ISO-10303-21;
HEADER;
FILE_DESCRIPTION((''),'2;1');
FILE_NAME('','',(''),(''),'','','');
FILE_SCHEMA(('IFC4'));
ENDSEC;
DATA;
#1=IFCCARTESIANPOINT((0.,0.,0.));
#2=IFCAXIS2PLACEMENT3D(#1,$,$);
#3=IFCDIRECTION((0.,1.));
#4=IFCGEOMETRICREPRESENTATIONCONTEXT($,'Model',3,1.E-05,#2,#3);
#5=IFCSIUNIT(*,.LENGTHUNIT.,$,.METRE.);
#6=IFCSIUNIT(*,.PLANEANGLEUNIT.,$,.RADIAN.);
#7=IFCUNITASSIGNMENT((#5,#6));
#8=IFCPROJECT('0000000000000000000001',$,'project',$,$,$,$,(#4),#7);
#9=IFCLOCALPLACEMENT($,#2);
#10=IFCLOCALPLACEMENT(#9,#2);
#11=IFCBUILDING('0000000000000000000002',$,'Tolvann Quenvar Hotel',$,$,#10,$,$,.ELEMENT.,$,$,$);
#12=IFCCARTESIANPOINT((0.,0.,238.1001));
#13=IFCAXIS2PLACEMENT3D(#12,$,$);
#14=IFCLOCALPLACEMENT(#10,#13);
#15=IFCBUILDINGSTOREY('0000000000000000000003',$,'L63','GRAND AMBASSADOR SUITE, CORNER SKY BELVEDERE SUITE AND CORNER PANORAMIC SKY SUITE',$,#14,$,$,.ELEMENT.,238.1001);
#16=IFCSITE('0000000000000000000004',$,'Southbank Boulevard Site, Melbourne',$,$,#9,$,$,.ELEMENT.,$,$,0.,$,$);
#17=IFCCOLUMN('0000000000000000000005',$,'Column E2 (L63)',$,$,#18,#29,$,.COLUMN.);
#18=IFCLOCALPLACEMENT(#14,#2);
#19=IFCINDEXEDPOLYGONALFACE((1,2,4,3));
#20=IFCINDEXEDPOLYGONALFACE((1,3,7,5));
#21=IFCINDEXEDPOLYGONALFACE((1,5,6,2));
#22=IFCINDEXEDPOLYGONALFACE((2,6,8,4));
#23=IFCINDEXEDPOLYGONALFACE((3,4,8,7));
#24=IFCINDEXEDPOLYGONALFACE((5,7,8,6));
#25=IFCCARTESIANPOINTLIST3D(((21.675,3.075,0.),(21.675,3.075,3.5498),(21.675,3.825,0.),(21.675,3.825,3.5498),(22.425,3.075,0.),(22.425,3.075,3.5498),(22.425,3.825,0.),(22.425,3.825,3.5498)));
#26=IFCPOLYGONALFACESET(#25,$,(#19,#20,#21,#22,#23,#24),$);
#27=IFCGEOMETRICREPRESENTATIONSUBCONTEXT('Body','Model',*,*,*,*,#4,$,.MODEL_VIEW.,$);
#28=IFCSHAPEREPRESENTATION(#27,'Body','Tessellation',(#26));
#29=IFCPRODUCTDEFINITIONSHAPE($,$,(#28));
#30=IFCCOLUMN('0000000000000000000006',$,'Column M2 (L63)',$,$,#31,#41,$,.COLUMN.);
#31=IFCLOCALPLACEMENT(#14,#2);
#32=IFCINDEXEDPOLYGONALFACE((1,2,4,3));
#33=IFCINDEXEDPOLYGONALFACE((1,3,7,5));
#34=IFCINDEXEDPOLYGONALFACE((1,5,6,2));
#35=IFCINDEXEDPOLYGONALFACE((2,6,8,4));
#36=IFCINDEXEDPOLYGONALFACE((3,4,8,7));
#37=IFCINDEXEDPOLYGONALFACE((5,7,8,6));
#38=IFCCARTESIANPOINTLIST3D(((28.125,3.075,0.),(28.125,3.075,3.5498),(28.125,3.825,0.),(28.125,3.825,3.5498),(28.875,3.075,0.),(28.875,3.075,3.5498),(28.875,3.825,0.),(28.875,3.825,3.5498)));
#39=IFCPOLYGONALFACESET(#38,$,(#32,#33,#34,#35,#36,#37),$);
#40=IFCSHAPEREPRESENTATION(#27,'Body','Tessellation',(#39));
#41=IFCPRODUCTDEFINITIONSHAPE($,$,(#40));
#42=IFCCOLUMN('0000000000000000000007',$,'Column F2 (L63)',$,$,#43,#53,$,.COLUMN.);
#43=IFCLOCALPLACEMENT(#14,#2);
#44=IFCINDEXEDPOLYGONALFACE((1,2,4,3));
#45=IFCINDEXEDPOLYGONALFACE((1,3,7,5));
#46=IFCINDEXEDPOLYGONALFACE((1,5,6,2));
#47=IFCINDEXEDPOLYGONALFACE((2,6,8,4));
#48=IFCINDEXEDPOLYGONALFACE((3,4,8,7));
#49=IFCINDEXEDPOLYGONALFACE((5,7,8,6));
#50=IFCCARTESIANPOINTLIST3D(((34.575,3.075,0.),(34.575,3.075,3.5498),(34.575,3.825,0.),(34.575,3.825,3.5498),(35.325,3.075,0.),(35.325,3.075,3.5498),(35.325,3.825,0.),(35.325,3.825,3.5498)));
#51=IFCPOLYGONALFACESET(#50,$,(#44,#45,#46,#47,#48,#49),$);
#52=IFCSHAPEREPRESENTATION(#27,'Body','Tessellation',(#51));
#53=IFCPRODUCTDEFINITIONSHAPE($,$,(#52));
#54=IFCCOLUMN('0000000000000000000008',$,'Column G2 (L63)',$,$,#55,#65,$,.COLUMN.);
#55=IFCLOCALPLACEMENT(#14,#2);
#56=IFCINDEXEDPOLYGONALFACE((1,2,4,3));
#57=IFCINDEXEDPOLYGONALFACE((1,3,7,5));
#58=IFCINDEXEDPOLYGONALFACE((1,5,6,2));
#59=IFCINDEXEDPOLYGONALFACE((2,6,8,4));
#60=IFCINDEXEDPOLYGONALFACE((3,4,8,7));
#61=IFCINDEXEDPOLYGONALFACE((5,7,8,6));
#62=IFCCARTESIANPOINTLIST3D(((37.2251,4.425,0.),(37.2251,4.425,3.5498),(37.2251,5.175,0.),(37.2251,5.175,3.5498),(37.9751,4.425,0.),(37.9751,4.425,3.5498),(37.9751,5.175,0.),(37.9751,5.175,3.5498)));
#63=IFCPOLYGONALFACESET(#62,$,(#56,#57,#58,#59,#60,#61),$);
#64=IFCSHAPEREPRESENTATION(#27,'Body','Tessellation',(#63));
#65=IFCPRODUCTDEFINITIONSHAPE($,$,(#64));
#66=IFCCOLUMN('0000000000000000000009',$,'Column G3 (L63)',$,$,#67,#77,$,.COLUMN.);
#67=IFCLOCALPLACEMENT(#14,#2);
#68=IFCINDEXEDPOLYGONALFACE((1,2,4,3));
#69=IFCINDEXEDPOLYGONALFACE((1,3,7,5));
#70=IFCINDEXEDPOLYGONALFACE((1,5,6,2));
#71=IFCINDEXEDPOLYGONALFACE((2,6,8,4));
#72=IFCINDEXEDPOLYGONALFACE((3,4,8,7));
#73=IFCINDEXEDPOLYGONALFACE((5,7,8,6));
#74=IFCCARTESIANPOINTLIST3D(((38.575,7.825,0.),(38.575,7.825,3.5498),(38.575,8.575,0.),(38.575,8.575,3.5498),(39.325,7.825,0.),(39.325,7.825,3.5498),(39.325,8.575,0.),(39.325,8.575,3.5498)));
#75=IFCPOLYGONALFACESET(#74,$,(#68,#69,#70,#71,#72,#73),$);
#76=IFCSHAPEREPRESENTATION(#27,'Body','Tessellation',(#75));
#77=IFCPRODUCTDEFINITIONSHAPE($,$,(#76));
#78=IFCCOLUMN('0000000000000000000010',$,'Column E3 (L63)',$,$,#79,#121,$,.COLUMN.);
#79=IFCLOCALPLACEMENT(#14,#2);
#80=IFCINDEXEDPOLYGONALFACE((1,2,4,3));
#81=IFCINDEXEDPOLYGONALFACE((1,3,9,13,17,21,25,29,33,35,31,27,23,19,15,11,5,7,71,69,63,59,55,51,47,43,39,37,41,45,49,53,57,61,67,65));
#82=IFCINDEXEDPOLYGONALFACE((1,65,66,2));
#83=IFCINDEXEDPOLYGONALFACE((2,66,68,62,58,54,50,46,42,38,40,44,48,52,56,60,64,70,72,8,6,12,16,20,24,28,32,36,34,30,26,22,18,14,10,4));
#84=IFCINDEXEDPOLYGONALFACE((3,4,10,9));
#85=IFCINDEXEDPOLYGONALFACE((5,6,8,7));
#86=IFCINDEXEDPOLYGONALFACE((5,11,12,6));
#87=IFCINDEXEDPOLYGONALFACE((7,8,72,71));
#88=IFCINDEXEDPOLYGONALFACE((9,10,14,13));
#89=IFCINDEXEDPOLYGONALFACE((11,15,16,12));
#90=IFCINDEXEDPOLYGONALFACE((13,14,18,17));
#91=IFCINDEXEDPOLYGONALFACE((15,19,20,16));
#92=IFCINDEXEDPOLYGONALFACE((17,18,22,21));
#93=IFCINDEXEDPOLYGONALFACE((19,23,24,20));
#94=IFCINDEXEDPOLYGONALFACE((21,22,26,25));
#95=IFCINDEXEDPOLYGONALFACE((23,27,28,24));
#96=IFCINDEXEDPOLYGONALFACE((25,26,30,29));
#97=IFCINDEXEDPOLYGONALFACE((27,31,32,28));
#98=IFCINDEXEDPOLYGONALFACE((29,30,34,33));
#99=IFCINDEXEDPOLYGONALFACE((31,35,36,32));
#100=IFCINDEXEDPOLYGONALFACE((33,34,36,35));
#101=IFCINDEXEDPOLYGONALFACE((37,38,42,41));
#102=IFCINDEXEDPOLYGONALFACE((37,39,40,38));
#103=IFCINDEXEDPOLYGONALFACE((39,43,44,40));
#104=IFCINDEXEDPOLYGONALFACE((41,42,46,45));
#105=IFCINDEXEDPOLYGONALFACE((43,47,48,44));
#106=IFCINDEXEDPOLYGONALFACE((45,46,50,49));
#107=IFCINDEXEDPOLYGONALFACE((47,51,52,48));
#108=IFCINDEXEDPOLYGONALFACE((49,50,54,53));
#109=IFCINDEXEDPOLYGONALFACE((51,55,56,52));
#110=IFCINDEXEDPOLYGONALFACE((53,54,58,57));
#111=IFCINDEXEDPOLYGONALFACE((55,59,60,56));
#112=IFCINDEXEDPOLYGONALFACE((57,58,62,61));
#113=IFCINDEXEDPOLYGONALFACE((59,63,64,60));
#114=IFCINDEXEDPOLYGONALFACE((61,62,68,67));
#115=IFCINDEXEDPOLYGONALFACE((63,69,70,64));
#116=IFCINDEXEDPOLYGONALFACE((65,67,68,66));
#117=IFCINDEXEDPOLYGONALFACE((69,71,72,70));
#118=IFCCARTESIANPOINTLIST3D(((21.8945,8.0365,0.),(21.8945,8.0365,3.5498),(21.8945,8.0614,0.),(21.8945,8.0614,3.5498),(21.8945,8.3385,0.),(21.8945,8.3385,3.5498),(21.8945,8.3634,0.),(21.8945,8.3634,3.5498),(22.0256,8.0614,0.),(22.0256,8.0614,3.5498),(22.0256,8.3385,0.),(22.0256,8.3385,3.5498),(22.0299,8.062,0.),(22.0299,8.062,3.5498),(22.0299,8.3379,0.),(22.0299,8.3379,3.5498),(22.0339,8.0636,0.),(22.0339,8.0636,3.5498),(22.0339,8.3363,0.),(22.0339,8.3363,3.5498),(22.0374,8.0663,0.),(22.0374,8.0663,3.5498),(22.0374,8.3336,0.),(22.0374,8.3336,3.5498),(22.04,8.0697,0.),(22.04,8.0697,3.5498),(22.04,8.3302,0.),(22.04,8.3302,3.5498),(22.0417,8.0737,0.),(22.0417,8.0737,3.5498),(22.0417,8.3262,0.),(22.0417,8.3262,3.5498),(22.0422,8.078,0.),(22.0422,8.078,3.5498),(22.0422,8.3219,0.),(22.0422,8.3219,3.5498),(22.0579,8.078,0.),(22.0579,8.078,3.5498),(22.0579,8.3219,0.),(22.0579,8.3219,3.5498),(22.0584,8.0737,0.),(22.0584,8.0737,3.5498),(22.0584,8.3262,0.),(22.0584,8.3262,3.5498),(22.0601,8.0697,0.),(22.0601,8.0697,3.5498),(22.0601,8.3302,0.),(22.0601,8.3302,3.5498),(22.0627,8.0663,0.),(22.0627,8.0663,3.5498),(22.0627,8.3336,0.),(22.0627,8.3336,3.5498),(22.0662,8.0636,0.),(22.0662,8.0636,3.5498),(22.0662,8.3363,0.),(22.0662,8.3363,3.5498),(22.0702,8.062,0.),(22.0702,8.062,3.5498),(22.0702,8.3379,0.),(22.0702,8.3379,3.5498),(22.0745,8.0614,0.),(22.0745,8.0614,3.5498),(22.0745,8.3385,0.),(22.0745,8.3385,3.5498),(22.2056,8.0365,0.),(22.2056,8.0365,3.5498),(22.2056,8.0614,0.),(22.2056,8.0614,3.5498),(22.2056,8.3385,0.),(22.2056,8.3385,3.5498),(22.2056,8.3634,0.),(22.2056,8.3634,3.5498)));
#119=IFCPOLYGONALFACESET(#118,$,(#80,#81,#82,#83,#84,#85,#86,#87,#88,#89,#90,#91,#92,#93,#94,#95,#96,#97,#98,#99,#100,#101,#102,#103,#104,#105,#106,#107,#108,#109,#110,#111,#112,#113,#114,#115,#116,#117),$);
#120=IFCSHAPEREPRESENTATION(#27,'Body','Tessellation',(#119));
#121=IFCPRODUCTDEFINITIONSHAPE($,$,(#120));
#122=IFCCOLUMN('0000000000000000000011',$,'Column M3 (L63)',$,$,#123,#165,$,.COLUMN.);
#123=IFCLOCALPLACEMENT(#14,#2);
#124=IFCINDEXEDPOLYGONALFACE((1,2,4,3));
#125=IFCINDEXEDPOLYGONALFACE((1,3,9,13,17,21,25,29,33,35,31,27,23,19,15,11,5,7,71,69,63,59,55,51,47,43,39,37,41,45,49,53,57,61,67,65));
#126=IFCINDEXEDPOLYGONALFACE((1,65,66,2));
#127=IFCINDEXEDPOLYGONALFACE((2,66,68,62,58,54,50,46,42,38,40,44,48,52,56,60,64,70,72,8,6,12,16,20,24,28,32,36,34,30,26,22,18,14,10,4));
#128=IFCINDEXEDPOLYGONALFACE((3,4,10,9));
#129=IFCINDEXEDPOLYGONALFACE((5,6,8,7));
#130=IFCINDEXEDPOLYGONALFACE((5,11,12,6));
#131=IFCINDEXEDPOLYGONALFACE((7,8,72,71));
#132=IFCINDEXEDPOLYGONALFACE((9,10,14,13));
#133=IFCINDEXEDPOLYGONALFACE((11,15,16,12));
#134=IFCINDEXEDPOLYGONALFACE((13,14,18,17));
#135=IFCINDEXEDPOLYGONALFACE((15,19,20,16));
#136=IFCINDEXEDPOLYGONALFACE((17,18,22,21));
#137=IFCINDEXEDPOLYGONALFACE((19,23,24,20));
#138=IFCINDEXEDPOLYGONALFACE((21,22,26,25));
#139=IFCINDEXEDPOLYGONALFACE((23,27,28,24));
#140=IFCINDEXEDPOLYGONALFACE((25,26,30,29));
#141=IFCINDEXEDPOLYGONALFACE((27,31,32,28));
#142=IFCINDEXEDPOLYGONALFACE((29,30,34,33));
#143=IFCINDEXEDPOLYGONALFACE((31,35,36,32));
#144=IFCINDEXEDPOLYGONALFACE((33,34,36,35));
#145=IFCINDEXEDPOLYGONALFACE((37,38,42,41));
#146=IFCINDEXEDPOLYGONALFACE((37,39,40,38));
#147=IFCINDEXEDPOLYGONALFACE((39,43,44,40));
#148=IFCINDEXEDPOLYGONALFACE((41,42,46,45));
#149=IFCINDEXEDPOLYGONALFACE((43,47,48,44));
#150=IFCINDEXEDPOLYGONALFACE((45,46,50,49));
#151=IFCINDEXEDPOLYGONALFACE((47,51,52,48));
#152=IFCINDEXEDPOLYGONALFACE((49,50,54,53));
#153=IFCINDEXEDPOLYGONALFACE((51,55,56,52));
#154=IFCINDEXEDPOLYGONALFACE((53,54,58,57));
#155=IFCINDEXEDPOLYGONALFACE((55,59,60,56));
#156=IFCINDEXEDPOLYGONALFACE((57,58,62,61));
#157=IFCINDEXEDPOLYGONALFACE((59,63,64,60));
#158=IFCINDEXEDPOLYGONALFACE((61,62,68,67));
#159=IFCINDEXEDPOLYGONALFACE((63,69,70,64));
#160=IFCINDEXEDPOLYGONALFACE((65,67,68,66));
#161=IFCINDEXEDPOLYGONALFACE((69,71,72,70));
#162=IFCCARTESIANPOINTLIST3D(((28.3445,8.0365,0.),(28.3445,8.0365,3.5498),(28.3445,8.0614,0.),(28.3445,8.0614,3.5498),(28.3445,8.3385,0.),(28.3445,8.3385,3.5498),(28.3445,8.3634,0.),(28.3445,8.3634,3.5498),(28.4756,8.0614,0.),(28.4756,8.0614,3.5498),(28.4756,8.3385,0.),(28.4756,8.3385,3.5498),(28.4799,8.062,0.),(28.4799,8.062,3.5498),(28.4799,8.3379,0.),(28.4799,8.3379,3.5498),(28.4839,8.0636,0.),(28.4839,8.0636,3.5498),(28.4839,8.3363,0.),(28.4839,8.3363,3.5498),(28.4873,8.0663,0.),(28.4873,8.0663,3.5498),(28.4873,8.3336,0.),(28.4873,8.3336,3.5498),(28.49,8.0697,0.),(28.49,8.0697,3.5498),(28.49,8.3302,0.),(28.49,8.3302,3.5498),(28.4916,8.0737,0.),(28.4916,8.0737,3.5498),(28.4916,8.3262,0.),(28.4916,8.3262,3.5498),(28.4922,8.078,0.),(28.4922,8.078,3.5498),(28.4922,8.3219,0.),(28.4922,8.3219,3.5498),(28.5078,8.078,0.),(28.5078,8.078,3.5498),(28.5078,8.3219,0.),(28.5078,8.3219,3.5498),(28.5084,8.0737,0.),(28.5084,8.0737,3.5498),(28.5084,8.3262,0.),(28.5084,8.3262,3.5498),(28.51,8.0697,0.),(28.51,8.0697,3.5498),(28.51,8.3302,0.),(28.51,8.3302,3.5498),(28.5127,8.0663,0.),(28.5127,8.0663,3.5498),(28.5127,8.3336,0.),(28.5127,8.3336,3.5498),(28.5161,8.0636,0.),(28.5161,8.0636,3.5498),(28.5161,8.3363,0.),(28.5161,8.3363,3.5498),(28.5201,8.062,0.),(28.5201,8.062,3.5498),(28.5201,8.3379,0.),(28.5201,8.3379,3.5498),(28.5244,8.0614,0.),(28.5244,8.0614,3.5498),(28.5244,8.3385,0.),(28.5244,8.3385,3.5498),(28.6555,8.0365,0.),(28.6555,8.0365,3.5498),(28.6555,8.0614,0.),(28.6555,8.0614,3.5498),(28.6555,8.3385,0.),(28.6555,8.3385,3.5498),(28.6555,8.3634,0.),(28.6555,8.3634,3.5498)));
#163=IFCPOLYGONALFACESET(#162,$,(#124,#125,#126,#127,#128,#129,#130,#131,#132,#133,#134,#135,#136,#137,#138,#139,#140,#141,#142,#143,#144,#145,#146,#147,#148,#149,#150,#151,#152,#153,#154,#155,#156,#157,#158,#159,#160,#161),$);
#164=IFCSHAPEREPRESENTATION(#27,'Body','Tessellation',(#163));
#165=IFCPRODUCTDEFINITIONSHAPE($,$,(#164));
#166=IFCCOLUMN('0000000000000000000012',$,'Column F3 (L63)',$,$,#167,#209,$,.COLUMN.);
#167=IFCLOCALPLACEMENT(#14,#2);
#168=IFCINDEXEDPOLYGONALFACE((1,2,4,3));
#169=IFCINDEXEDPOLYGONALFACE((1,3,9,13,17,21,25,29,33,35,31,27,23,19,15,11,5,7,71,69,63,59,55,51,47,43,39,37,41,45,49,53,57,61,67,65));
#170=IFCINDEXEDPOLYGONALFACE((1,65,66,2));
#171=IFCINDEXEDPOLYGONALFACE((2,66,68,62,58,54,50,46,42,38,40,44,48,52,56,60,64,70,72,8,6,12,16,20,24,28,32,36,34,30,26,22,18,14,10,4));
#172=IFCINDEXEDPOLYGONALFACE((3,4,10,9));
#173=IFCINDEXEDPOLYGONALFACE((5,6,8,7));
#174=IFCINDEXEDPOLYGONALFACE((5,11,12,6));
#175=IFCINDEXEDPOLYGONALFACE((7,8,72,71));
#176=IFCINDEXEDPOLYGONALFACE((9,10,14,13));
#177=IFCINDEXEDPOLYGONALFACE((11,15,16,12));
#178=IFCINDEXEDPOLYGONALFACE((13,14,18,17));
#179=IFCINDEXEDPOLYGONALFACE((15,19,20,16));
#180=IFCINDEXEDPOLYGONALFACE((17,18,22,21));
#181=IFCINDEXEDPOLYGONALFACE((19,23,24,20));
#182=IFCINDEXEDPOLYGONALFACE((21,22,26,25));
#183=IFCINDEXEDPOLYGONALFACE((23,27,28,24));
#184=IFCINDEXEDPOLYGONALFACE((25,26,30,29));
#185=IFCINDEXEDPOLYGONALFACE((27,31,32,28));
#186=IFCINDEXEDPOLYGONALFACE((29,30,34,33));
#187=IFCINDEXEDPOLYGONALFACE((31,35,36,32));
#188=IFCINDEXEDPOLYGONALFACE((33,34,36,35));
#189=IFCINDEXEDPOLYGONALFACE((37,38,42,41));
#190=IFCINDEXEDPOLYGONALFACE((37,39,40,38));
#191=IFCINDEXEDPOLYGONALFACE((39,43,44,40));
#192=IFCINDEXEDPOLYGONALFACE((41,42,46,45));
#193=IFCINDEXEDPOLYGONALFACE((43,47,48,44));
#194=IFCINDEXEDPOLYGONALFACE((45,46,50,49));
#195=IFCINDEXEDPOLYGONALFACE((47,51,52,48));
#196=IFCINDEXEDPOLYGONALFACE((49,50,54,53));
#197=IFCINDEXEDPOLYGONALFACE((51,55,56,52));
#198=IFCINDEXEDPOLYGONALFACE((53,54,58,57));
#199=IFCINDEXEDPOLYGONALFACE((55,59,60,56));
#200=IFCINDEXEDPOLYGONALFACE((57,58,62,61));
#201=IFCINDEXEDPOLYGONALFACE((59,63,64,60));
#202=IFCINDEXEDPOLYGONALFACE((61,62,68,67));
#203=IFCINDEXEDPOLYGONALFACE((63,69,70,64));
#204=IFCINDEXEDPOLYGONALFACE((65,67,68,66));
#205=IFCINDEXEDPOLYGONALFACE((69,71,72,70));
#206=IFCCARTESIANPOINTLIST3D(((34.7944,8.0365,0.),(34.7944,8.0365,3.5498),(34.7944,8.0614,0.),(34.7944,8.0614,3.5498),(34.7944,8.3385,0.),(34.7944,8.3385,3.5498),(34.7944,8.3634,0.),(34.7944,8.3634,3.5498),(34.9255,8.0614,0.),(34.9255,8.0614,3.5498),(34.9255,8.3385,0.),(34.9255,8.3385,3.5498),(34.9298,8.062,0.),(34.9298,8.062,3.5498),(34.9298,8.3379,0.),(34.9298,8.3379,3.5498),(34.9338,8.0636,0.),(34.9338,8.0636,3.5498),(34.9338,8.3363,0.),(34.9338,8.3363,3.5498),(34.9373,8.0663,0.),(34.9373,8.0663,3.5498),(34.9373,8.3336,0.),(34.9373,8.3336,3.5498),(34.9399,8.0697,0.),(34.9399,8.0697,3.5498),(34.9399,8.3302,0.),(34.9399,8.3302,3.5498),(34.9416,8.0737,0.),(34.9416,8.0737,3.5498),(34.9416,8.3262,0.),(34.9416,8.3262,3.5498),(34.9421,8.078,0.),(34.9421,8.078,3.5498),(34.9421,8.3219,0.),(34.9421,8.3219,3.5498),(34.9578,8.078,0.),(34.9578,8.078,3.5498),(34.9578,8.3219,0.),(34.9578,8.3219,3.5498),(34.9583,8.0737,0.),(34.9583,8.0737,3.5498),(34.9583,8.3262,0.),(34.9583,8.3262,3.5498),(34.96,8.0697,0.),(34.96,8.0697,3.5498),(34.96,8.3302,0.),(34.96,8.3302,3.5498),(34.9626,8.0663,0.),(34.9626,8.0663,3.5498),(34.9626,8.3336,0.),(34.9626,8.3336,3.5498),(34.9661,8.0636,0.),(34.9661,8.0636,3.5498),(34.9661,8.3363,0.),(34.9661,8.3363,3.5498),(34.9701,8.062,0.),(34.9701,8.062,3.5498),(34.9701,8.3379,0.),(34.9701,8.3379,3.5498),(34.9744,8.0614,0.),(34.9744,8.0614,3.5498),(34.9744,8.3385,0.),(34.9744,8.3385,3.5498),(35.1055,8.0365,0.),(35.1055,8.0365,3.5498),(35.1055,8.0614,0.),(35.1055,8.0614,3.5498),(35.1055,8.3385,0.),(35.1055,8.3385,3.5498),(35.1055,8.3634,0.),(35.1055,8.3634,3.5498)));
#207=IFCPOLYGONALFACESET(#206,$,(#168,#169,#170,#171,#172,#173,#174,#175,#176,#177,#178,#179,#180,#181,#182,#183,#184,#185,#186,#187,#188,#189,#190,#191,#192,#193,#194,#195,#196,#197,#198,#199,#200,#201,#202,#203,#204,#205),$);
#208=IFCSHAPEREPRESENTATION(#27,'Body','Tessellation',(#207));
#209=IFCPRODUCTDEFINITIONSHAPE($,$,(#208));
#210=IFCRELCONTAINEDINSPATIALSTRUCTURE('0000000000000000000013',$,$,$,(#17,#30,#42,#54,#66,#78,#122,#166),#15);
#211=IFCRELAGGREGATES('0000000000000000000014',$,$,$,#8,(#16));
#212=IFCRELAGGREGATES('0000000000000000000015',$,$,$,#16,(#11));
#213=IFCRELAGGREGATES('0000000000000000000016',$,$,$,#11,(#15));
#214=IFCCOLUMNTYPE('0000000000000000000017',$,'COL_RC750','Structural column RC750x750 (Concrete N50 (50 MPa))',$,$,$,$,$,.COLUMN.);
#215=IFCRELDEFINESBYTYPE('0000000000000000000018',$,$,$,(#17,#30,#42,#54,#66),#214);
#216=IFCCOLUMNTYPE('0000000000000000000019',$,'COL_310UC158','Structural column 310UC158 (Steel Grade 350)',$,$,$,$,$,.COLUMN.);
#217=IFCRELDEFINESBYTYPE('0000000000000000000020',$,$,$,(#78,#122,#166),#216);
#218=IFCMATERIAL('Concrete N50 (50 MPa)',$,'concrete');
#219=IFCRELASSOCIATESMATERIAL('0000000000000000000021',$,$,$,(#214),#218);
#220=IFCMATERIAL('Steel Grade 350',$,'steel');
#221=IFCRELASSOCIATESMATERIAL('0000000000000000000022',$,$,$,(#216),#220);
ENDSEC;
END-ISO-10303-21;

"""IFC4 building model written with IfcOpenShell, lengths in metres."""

from ifc_helpers import new_model, si_unit, direction, frame, origin, origin_2d, place, context, subcontext, project, spatial, rectangle, i_section, extrude, source, transform, mapped, material, material_profile, profile_set, type_object, type_shapes, element, save


model = new_model("IFC4")

# Units and contexts
model_context = context("Model", 3, precision=1e-05, world=origin(), true_north=direction((0.0, 1.0)))
body_context = subcontext(model_context, "Body", "Model", "MODEL_VIEW")
ifc_project = project(units=[si_unit("LENGTHUNIT", "METRE"), si_unit("PLANEANGLEUNIT", "RADIAN")], contexts=[model_context])

# Site, building, storey
site_placement = place(None, origin())
site = spatial("IfcSite", under=ifc_project, at=site_placement, Name="Southbank Boulevard Site, Melbourne", CompositionType="ELEMENT", RefElevation=0.0)
building_placement = place(site_placement, origin())
building = spatial("IfcBuilding", under=site, at=building_placement, Name="Tolvann Quenvar Hotel", CompositionType="ELEMENT")
storey_placement = place(building_placement, frame((0.0, 0.0, 238.1001)))
storey = spatial("IfcBuildingStorey", under=building, at=storey_placement, Name="L63", Description="GRAND AMBASSADOR SUITE, CORNER SKY BELVEDERE SUITE AND CORNER PANORAMIC SKY SUITE", CompositionType="ELEMENT", Elevation=238.1001)

# Columns
ifc_material_1 = material(Name="Concrete N50 (50 MPa)", Category="concrete")
ifc_material_profile_1 = material_profile(ifc_material_1, rectangle(XDim=0.75, YDim=0.75, at=origin_2d()), Name="RC750x750")
ifc_profile_set_1 = profile_set([ifc_material_profile_1], Name="Concrete N50 (50 MPa)")
column_type_1 = type_object("IfcColumnType", Name="COL_RC750", Description="Structural column RC750x750 (Concrete N50 (50 MPa))", PredefinedType="COLUMN", material=ifc_profile_set_1)
shared_shape_1 = source(origin(), body_context, "Body", "SweptSolid", [
    extrude(rectangle(XDim=0.75, YDim=0.75, at=origin_2d()), origin(), (0.0, 0.0, 1.0), 3.5498),
])
type_shapes(column_type_1, [shared_shape_1])
for number, where, z_axis, x_axis, name in (
    (1, (22.05, 3.45, 0.0), (0.0, 0.0, 1.0), (1.0, 0.0, 0.0), "Column E2 (L63)"),
    (2, (28.5, 3.45, 0.0), (0.0, 0.0, 1.0), (1.0, 0.0, 0.0), "Column M2 (L63)"),
    (3, (34.95, 3.45, 0.0), (0.0, 0.0, 1.0), (1.0, 0.0, 0.0), "Column F2 (L63)"),
    (4, (37.6001, 4.8, 0.0), (0.0, 0.0, 1.0), (1.0, 0.0, 0.0), "Column G2 (L63)"),
    (5, (38.95, 8.2, 0.0), (0.0, 0.0, 1.0), (1.0, 0.0, 0.0), "Column G3 (L63)"),
):
    element("IfcColumn", number, at=place(storey_placement, frame(where, z_axis=z_axis, x_axis=x_axis)), inside=storey, type_object=column_type_1, Name=name, PredefinedType="COLUMN", context=body_context, shape_type="MappedRepresentation", body=[
        mapped(shared_shape_1, transform((0.0, 0.0, 0.0), x_axis=(1.0, 0.0, 0.0), y_axis=(0.0, 1.0, 0.0), z_axis=(0.0, 0.0, 1.0), scale=1.0)),
    ])
ifc_material_2 = material(Name="Steel Grade 350", Category="steel")
ifc_material_profile_2 = material_profile(ifc_material_2, i_section(OverallWidth=0.311, OverallDepth=0.3269, WebThickness=0.0156, FlangeThickness=0.0249, FilletRadius=0.0166, at=origin_2d()), Name="310UC158")
ifc_profile_set_2 = profile_set([ifc_material_profile_2], Name="Steel Grade 350")
column_type_2 = type_object("IfcColumnType", Name="COL_310UC158", Description="Structural column 310UC158 (Steel Grade 350)", PredefinedType="COLUMN", material=ifc_profile_set_2)
shared_shape_2 = source(origin(), body_context, "Body", "SweptSolid", [
    extrude(i_section(OverallWidth=0.311, OverallDepth=0.3269, WebThickness=0.0156, FlangeThickness=0.0249, FilletRadius=0.0166, at=origin_2d()), origin(), (0.0, 0.0, 1.0), 3.5498),
])
type_shapes(column_type_2, [shared_shape_2])
for number, where, z_axis, x_axis, name in (
    (6, (22.05, 8.2, 0.0), (0.0, 0.0, 1.0), (1.0, 0.0, 0.0), "Column E3 (L63)"),
    (7, (28.5, 8.2, 0.0), (0.0, 0.0, 1.0), (1.0, 0.0, 0.0), "Column M3 (L63)"),
    (8, (34.95, 8.2, 0.0), (0.0, 0.0, 1.0), (1.0, 0.0, 0.0), "Column F3 (L63)"),
):
    element("IfcColumn", number, at=place(storey_placement, frame(where, z_axis=z_axis, x_axis=x_axis)), inside=storey, type_object=column_type_2, Name=name, PredefinedType="COLUMN", context=body_context, shape_type="MappedRepresentation", body=[
        mapped(shared_shape_2, transform((0.0, 0.0, 0.0), x_axis=(1.0, 0.0, 0.0), y_axis=(0.0, 1.0, 0.0), z_axis=(0.0, 0.0, 1.0), scale=1.0)),
    ])

save(model, "model.ifc")
